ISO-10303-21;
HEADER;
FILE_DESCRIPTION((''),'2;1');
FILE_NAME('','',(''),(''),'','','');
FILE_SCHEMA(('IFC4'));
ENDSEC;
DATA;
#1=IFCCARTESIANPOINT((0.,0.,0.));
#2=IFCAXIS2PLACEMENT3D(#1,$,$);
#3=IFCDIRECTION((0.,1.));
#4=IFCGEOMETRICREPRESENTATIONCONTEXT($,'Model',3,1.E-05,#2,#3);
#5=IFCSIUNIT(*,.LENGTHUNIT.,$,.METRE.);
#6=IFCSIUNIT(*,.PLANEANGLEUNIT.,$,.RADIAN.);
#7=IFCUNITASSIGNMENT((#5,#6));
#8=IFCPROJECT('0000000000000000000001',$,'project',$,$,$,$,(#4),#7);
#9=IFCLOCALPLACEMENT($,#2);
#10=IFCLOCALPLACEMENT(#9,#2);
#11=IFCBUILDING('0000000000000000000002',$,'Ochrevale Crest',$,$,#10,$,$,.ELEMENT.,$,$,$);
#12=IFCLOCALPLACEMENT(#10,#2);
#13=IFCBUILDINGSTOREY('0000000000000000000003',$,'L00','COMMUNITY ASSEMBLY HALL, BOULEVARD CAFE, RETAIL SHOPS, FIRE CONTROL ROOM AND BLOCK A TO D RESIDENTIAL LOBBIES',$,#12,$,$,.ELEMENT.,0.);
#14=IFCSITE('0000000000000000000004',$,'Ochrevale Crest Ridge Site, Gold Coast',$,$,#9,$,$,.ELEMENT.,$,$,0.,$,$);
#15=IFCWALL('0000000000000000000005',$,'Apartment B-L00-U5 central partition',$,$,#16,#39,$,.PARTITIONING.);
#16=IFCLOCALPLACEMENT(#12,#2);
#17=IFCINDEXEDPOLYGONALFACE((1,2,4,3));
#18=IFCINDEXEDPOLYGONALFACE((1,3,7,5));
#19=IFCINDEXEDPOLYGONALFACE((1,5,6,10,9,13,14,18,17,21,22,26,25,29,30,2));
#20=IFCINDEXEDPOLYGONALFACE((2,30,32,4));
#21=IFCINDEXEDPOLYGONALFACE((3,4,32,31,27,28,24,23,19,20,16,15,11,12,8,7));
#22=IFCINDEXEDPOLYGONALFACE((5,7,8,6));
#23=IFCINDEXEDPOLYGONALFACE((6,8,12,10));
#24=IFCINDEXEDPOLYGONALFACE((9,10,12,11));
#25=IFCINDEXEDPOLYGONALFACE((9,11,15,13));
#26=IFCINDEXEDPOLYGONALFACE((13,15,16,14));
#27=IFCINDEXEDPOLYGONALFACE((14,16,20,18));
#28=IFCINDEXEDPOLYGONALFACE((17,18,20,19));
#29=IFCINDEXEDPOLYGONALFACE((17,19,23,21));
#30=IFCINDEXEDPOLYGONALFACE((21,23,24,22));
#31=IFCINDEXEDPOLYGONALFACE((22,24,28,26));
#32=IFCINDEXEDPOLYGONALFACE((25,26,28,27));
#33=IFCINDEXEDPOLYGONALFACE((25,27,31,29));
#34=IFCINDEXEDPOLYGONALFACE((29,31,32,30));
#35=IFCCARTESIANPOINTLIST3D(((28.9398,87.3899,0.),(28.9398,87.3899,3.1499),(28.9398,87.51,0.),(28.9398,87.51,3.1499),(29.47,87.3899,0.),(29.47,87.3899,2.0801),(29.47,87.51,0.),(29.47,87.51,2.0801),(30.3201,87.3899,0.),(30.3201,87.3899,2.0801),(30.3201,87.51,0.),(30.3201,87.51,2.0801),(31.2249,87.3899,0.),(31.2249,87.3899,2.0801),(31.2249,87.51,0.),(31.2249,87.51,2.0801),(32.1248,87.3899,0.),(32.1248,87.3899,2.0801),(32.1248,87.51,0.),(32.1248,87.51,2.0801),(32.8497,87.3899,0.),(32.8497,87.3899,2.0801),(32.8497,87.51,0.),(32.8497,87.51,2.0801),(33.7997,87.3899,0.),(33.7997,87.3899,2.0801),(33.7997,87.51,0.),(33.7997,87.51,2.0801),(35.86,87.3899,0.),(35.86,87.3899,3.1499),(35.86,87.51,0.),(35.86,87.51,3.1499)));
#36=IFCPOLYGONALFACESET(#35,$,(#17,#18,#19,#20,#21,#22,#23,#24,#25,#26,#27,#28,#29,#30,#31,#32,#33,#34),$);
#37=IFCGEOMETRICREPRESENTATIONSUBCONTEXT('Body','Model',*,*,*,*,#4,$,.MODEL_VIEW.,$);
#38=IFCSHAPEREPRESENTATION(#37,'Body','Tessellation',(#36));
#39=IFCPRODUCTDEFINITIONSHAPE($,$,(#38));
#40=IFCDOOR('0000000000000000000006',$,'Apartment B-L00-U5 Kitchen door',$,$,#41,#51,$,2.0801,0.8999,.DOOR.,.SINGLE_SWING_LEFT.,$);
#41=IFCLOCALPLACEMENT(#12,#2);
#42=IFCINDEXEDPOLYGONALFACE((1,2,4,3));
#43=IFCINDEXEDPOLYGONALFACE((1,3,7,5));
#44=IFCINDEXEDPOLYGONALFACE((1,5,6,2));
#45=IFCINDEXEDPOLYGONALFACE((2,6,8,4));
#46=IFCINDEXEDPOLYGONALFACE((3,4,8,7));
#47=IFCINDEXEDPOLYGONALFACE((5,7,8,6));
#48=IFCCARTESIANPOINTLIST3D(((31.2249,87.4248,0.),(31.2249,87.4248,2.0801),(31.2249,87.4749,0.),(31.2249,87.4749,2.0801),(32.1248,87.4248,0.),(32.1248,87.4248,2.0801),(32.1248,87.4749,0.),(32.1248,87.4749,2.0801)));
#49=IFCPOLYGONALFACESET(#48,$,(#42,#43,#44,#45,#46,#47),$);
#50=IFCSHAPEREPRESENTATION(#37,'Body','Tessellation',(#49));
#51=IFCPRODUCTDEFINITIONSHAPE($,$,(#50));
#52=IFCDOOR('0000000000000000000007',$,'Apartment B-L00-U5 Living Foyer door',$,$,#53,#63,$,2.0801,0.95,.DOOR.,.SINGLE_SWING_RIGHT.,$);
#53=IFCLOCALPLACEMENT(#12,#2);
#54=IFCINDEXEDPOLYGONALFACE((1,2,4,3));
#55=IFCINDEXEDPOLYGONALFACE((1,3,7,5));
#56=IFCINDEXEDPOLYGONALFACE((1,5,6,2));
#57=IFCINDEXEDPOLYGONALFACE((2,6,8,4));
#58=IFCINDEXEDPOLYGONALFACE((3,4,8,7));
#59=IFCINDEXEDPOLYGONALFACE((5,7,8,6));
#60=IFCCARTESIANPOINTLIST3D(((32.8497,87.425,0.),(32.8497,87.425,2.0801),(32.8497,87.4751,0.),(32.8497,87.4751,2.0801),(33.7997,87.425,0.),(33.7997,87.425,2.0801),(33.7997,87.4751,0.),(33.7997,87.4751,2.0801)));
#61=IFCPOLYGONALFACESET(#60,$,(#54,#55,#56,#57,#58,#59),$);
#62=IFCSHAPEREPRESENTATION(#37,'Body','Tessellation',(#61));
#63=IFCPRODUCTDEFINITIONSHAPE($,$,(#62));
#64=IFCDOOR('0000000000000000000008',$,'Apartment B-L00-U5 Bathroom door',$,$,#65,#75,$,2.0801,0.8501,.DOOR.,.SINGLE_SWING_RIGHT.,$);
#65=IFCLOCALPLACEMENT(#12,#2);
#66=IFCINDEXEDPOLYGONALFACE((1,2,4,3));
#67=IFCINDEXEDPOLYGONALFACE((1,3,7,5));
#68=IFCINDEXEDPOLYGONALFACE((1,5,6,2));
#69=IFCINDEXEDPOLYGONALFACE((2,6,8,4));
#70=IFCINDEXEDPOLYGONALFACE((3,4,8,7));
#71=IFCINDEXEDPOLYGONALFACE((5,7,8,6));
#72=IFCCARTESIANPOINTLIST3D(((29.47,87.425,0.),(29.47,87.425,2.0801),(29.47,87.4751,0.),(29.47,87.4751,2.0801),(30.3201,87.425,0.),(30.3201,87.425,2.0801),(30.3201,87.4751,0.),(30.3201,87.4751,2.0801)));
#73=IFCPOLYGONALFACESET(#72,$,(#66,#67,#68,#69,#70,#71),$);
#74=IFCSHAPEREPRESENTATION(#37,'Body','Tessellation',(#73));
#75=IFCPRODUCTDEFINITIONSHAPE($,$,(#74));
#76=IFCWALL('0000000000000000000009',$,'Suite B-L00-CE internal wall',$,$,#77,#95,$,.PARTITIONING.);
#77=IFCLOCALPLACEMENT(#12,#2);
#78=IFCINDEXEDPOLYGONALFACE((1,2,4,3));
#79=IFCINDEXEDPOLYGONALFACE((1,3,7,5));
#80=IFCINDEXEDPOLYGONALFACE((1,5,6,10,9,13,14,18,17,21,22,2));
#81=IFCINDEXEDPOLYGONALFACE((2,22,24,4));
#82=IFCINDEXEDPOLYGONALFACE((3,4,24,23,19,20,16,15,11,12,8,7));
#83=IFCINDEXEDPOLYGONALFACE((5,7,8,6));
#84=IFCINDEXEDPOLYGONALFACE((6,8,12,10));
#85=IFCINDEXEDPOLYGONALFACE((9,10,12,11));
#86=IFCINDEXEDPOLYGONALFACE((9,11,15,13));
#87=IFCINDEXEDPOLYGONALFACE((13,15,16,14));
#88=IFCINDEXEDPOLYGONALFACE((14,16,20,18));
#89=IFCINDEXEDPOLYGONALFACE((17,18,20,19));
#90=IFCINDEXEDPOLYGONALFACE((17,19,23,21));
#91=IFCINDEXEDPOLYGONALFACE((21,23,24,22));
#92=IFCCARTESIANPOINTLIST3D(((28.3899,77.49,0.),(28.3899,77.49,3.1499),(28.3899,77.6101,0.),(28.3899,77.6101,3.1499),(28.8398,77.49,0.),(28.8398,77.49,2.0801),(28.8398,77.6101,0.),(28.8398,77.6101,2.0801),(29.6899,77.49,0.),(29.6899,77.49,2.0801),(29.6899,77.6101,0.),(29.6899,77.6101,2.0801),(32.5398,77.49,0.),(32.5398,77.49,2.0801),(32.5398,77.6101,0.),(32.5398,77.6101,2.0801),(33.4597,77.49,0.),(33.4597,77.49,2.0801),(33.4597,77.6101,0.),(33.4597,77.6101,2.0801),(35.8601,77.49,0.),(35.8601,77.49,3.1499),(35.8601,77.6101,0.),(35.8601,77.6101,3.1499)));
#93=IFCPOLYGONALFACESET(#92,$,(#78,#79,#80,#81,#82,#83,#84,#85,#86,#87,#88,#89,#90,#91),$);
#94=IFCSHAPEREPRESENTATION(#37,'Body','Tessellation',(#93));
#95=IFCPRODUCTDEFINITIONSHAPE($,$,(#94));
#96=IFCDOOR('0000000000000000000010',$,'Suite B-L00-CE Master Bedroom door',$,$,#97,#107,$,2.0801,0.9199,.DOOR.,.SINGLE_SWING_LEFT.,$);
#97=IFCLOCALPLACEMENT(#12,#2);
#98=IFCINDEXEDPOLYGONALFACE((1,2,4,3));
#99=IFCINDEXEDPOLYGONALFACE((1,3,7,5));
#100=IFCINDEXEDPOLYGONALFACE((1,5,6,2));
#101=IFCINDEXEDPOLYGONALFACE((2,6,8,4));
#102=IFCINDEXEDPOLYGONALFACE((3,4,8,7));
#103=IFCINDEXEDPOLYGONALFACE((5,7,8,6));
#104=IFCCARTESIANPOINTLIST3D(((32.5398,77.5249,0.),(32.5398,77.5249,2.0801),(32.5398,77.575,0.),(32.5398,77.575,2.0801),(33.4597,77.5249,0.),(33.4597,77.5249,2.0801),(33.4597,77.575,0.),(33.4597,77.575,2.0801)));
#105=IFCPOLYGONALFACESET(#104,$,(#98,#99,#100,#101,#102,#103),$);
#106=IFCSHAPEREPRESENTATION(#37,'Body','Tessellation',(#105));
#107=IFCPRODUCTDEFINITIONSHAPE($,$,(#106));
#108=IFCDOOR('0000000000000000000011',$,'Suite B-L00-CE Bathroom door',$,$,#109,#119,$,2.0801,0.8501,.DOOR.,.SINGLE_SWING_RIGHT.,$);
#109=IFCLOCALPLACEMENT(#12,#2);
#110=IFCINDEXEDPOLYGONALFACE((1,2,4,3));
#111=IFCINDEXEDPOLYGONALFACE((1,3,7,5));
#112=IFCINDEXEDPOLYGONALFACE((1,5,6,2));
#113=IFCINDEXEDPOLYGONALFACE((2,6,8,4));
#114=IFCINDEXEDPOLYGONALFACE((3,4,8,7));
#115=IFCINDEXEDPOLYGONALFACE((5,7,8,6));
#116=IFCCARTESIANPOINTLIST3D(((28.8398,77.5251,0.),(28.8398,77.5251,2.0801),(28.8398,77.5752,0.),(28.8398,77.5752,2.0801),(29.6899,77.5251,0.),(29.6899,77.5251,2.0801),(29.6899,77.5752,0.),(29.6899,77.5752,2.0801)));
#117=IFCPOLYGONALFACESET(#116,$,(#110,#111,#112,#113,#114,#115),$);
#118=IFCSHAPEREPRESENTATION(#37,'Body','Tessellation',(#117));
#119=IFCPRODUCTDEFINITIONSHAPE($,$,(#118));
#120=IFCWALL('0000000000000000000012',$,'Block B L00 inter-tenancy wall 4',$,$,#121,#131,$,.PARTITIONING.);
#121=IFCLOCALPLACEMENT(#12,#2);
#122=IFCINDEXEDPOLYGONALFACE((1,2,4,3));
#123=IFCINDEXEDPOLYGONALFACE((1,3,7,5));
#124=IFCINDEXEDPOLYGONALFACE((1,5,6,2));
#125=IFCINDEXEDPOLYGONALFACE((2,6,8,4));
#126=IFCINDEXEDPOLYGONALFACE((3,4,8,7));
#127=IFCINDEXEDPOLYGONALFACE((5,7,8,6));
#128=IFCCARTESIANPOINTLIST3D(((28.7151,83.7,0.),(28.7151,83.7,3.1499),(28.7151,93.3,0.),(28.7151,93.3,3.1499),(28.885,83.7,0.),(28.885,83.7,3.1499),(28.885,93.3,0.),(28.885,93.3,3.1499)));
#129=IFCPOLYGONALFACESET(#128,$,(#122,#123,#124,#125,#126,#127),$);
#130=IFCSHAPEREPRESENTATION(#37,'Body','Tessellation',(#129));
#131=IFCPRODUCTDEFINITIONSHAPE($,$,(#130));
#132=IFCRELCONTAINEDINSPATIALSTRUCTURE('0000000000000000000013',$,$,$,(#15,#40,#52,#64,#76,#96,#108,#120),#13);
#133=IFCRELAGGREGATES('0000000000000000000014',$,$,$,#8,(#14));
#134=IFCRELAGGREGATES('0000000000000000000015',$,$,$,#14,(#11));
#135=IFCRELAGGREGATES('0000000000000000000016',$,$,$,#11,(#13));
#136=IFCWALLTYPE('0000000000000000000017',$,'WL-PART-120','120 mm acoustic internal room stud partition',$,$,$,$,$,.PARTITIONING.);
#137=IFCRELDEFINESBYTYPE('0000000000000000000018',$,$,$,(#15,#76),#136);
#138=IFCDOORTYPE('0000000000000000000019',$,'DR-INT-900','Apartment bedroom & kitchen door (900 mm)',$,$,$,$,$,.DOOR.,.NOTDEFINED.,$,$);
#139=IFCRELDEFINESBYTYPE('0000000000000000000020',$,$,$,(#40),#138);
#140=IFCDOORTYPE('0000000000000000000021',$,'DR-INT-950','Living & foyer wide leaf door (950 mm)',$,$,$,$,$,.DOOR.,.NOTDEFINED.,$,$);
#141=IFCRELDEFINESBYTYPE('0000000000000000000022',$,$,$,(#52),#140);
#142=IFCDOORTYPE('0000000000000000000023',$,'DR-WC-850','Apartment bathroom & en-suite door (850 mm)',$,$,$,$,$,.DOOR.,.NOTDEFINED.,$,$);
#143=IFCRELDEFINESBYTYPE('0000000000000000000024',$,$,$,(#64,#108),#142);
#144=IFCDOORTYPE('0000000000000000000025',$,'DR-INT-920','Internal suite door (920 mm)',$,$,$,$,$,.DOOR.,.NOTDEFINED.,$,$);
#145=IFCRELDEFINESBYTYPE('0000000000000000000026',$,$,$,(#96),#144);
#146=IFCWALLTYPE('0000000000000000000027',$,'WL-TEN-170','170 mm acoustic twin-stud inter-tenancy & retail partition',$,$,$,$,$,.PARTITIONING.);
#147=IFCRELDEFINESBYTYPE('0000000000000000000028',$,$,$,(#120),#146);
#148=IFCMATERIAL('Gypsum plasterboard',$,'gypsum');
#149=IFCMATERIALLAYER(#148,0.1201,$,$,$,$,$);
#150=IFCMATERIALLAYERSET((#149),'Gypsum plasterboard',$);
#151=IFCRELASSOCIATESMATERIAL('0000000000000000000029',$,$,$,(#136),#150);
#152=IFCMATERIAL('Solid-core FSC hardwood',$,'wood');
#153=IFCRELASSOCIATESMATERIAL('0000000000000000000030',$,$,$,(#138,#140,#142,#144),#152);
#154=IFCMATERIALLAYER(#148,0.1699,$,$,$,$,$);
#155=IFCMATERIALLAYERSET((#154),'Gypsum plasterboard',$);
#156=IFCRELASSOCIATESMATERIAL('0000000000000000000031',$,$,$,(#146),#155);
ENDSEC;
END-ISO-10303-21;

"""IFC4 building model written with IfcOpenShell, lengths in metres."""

from ifc_helpers import new_model, si_unit, direction, frame, frame_2d, origin, place, context, subcontext, project, spatial, rectangle, extrude, material, layer, layer_set, type_object, element, fill, save


model = new_model("IFC4")

# Units and contexts
model_context = context("Model", 3, precision=1e-05, world=origin(), true_north=direction((0.0, 1.0)))
body_context = subcontext(model_context, "Body", "Model", "MODEL_VIEW")
ifc_project = project(units=[si_unit("LENGTHUNIT", "METRE"), si_unit("PLANEANGLEUNIT", "RADIAN")], contexts=[model_context])

# Site, building, storey
site_placement = place(None, origin())
site = spatial("IfcSite", under=ifc_project, at=site_placement, Name="Ochrevale Crest Ridge Site, Gold Coast", CompositionType="ELEMENT", RefElevation=0.0)
building_placement = place(site_placement, origin())
building = spatial("IfcBuilding", under=site, at=building_placement, Name="Ochrevale Crest", CompositionType="ELEMENT")
storey_placement = place(building_placement, origin())
storey = spatial("IfcBuildingStorey", under=building, at=storey_placement, Name="L00", Description="COMMUNITY ASSEMBLY HALL, BOULEVARD CAFE, RETAIL SHOPS, FIRE CONTROL ROOM AND BLOCK A TO D RESIDENTIAL LOBBIES", CompositionType="ELEMENT", Elevation=0.0)

# Shared definitions
ifc_material_1 = material(Name="Gypsum plasterboard", Category="gypsum")
ifc_material_2 = material(Name="Solid-core FSC hardwood", Category="wood")

# Shared definitions
ifc_layer_1 = layer(ifc_material_1, 0.1201)
ifc_layer_set_1 = layer_set([ifc_layer_1], Name="Gypsum plasterboard")
wall_type_1 = type_object("IfcWallType", Name="WL-PART-120", Description="120 mm acoustic internal room stud partition", PredefinedType="PARTITIONING", material=ifc_layer_set_1)

# Walls, openings, doors
wall_1_placement = place(storey_placement, frame((28.9399, 87.45, 0.0), z_axis=(0.0, 0.0, 1.0), x_axis=(1.0, 0.0, 0.0)))
wall_1 = element("IfcWall", 1, at=wall_1_placement, inside=storey, type_object=wall_type_1, Name="Apartment B-L00-U5 central partition", PredefinedType="PARTITIONING", context=body_context, shape_type="SweptSolid", body=[
    extrude(rectangle(XDim=6.9202, YDim=0.1201, at=frame_2d((3.46, 0.0))), origin(), (0.0, 0.0, 1.0), 3.1499),
])
opening_1_placement = place(wall_1_placement, frame((1.3801, 0.0, 0.0), z_axis=(0.0, 0.0, 1.0), x_axis=(-1.0, 0.0, 0.0)))
opening_1 = element("IfcOpeningElement", 2, at=opening_1_placement, cuts=wall_1, PredefinedType="OPENING", context=body_context, shape_type="SweptSolid", body=[
    extrude(rectangle(XDim=0.8501, YDim=2.0801, at=frame_2d((0.425, 1.04))), frame((0.0, 0.0701, 0.0), z_axis=(0.0, -1.0, 0.0), x_axis=(1.0, 0.0, 0.0)), (0.0, 0.0, 1.0), 0.1401),
])
opening_2_placement = place(wall_1_placement, frame((2.2849, 0.0, 0.0)))
opening_2 = element("IfcOpeningElement", 3, at=opening_2_placement, cuts=wall_1, PredefinedType="OPENING", context=body_context, shape_type="SweptSolid", body=[
    extrude(rectangle(XDim=0.8999, YDim=2.0801, at=frame_2d((0.45, 1.04))), frame((0.0, 0.0701, 0.0), z_axis=(0.0, -1.0, 0.0), x_axis=(1.0, 0.0, 0.0)), (0.0, 0.0, 1.0), 0.1401),
])
opening_3_placement = place(wall_1_placement, frame((4.8599, 0.0, 0.0), z_axis=(0.0, 0.0, 1.0), x_axis=(-1.0, 0.0, 0.0)))
opening_3 = element("IfcOpeningElement", 4, at=opening_3_placement, cuts=wall_1, PredefinedType="OPENING", context=body_context, shape_type="SweptSolid", body=[
    extrude(rectangle(XDim=0.95, YDim=2.0801, at=frame_2d((0.4751, 1.04))), frame((0.0, 0.0701, 0.0), z_axis=(0.0, -1.0, 0.0), x_axis=(1.0, 0.0, 0.0)), (0.0, 0.0, 1.0), 0.1401),
])
door_type_1 = type_object("IfcDoorType", Name="DR-INT-900", Description="Apartment bedroom & kitchen door (900 mm)", OperationType="NOTDEFINED", PredefinedType="DOOR", material=ifc_material_2)
door_1_placement = place(opening_2_placement, origin())
door_1 = element("IfcDoor", 5, at=door_1_placement, inside=storey, type_object=door_type_1, Name="Apartment B-L00-U5 Kitchen door", OperationType="SINGLE_SWING_LEFT", OverallHeight=2.0801, OverallWidth=0.8999, PredefinedType="DOOR", context=body_context, shape_type="SweptSolid", body=[
    extrude(rectangle(XDim=0.8999, YDim=2.0801, at=frame_2d((0.45, 1.04))), frame((0.0, 0.0249, 0.0), z_axis=(0.0, -1.0, 0.0), x_axis=(1.0, 0.0, 0.0)), (0.0, 0.0, 1.0), 0.05),
])
fill(opening_2, door_1)
door_type_2 = type_object("IfcDoorType", Name="DR-INT-950", Description="Living & foyer wide leaf door (950 mm)", OperationType="NOTDEFINED", PredefinedType="DOOR", material=ifc_material_2)
door_2_placement = place(opening_3_placement, origin())
door_2 = element("IfcDoor", 6, at=door_2_placement, inside=storey, type_object=door_type_2, Name="Apartment B-L00-U5 Living Foyer door", OperationType="SINGLE_SWING_RIGHT", OverallHeight=2.0801, OverallWidth=0.95, PredefinedType="DOOR", context=body_context, shape_type="SweptSolid", body=[
    extrude(rectangle(XDim=0.95, YDim=2.0801, at=frame_2d((0.4751, 1.04))), frame((0.0, 0.0249, 0.0), z_axis=(0.0, -1.0, 0.0), x_axis=(1.0, 0.0, 0.0)), (0.0, 0.0, 1.0), 0.05),
])
fill(opening_3, door_2)
door_type_3 = type_object("IfcDoorType", Name="DR-WC-850", Description="Apartment bathroom & en-suite door (850 mm)", OperationType="NOTDEFINED", PredefinedType="DOOR", material=ifc_material_2)
door_3_placement = place(opening_1_placement, origin())
door_3 = element("IfcDoor", 7, at=door_3_placement, inside=storey, type_object=door_type_3, Name="Apartment B-L00-U5 Bathroom door", OperationType="SINGLE_SWING_RIGHT", OverallHeight=2.0801, OverallWidth=0.8501, PredefinedType="DOOR", context=body_context, shape_type="SweptSolid", body=[
    extrude(rectangle(XDim=0.8501, YDim=2.0801, at=frame_2d((0.425, 1.04))), frame((0.0, 0.0249, 0.0), z_axis=(0.0, -1.0, 0.0), x_axis=(1.0, 0.0, 0.0)), (0.0, 0.0, 1.0), 0.05),
])
fill(opening_1, door_3)
wall_2_placement = place(storey_placement, frame((28.3899, 77.55, 0.0), z_axis=(0.0, 0.0, 1.0), x_axis=(1.0, 0.0, 0.0)))
wall_2 = element("IfcWall", 8, at=wall_2_placement, inside=storey, type_object=wall_type_1, Name="Suite B-L00-CE internal wall", PredefinedType="PARTITIONING", context=body_context, shape_type="SweptSolid", body=[
    extrude(rectangle(XDim=7.4702, YDim=0.1201, at=frame_2d((3.7351, 0.0))), origin(), (0.0, 0.0, 1.0), 3.1499),
])
opening_4_placement = place(wall_2_placement, frame((1.3, 0.0, 0.0), z_axis=(0.0, 0.0, 1.0), x_axis=(-1.0, 0.0, 0.0)))
opening_4 = element("IfcOpeningElement", 9, at=opening_4_placement, cuts=wall_2, PredefinedType="OPENING", context=body_context, shape_type="SweptSolid", body=[
    extrude(rectangle(XDim=0.8501, YDim=2.0801, at=frame_2d((0.425, 1.04))), frame((0.0, 0.0701, 0.0), z_axis=(0.0, -1.0, 0.0), x_axis=(1.0, 0.0, 0.0)), (0.0, 0.0, 1.0), 0.1401),
])
opening_5_placement = place(wall_2_placement, frame((4.1499, 0.0, 0.0)))
opening_5 = element("IfcOpeningElement", 10, at=opening_5_placement, cuts=wall_2, PredefinedType="OPENING", context=body_context, shape_type="SweptSolid", body=[
    extrude(rectangle(XDim=0.9199, YDim=2.0801, at=frame_2d((0.46, 1.04))), frame((0.0, 0.0701, 0.0), z_axis=(0.0, -1.0, 0.0), x_axis=(1.0, 0.0, 0.0)), (0.0, 0.0, 1.0), 0.1401),
])
door_type_4 = type_object("IfcDoorType", Name="DR-INT-920", Description="Internal suite door (920 mm)", OperationType="NOTDEFINED", PredefinedType="DOOR", material=ifc_material_2)
door_4_placement = place(opening_5_placement, origin())
door_4 = element("IfcDoor", 11, at=door_4_placement, inside=storey, type_object=door_type_4, Name="Suite B-L00-CE Master Bedroom door", OperationType="SINGLE_SWING_LEFT", OverallHeight=2.0801, OverallWidth=0.9199, PredefinedType="DOOR", context=body_context, shape_type="SweptSolid", body=[
    extrude(rectangle(XDim=0.9199, YDim=2.0801, at=frame_2d((0.46, 1.04))), frame((0.0, 0.0249, 0.0), z_axis=(0.0, -1.0, 0.0), x_axis=(1.0, 0.0, 0.0)), (0.0, 0.0, 1.0), 0.05),
])
fill(opening_5, door_4)
door_5_placement = place(opening_4_placement, origin())
door_5 = element("IfcDoor", 12, at=door_5_placement, inside=storey, type_object=door_type_3, Name="Suite B-L00-CE Bathroom door", OperationType="SINGLE_SWING_RIGHT", OverallHeight=2.0801, OverallWidth=0.8501, PredefinedType="DOOR", context=body_context, shape_type="SweptSolid", body=[
    extrude(rectangle(XDim=0.8501, YDim=2.0801, at=frame_2d((0.425, 1.04))), frame((0.0, 0.0249, 0.0), z_axis=(0.0, -1.0, 0.0), x_axis=(1.0, 0.0, 0.0)), (0.0, 0.0, 1.0), 0.05),
])
fill(opening_4, door_5)

# Wall
ifc_layer_2 = layer(ifc_material_1, 0.1699)
ifc_layer_set_2 = layer_set([ifc_layer_2], Name="Gypsum plasterboard")
wall_type_2 = type_object("IfcWallType", Name="WL-TEN-170", Description="170 mm acoustic twin-stud inter-tenancy & retail partition", PredefinedType="PARTITIONING", material=ifc_layer_set_2)
wall_3_placement = place(storey_placement, frame((28.8, 83.7, 0.0), z_axis=(0.0, 0.0, 1.0), x_axis=(0.0, 1.0, 0.0)))
element("IfcWall", 13, at=wall_3_placement, inside=storey, type_object=wall_type_2, Name="Block B L00 inter-tenancy wall 4", PredefinedType="PARTITIONING", context=body_context, shape_type="SweptSolid", body=[
    extrude(rectangle(XDim=9.6001, YDim=0.1699, at=frame_2d((4.8, 0.0))), origin(), (0.0, 0.0, 1.0), 3.1499),
])

save(model, "model.ifc")
